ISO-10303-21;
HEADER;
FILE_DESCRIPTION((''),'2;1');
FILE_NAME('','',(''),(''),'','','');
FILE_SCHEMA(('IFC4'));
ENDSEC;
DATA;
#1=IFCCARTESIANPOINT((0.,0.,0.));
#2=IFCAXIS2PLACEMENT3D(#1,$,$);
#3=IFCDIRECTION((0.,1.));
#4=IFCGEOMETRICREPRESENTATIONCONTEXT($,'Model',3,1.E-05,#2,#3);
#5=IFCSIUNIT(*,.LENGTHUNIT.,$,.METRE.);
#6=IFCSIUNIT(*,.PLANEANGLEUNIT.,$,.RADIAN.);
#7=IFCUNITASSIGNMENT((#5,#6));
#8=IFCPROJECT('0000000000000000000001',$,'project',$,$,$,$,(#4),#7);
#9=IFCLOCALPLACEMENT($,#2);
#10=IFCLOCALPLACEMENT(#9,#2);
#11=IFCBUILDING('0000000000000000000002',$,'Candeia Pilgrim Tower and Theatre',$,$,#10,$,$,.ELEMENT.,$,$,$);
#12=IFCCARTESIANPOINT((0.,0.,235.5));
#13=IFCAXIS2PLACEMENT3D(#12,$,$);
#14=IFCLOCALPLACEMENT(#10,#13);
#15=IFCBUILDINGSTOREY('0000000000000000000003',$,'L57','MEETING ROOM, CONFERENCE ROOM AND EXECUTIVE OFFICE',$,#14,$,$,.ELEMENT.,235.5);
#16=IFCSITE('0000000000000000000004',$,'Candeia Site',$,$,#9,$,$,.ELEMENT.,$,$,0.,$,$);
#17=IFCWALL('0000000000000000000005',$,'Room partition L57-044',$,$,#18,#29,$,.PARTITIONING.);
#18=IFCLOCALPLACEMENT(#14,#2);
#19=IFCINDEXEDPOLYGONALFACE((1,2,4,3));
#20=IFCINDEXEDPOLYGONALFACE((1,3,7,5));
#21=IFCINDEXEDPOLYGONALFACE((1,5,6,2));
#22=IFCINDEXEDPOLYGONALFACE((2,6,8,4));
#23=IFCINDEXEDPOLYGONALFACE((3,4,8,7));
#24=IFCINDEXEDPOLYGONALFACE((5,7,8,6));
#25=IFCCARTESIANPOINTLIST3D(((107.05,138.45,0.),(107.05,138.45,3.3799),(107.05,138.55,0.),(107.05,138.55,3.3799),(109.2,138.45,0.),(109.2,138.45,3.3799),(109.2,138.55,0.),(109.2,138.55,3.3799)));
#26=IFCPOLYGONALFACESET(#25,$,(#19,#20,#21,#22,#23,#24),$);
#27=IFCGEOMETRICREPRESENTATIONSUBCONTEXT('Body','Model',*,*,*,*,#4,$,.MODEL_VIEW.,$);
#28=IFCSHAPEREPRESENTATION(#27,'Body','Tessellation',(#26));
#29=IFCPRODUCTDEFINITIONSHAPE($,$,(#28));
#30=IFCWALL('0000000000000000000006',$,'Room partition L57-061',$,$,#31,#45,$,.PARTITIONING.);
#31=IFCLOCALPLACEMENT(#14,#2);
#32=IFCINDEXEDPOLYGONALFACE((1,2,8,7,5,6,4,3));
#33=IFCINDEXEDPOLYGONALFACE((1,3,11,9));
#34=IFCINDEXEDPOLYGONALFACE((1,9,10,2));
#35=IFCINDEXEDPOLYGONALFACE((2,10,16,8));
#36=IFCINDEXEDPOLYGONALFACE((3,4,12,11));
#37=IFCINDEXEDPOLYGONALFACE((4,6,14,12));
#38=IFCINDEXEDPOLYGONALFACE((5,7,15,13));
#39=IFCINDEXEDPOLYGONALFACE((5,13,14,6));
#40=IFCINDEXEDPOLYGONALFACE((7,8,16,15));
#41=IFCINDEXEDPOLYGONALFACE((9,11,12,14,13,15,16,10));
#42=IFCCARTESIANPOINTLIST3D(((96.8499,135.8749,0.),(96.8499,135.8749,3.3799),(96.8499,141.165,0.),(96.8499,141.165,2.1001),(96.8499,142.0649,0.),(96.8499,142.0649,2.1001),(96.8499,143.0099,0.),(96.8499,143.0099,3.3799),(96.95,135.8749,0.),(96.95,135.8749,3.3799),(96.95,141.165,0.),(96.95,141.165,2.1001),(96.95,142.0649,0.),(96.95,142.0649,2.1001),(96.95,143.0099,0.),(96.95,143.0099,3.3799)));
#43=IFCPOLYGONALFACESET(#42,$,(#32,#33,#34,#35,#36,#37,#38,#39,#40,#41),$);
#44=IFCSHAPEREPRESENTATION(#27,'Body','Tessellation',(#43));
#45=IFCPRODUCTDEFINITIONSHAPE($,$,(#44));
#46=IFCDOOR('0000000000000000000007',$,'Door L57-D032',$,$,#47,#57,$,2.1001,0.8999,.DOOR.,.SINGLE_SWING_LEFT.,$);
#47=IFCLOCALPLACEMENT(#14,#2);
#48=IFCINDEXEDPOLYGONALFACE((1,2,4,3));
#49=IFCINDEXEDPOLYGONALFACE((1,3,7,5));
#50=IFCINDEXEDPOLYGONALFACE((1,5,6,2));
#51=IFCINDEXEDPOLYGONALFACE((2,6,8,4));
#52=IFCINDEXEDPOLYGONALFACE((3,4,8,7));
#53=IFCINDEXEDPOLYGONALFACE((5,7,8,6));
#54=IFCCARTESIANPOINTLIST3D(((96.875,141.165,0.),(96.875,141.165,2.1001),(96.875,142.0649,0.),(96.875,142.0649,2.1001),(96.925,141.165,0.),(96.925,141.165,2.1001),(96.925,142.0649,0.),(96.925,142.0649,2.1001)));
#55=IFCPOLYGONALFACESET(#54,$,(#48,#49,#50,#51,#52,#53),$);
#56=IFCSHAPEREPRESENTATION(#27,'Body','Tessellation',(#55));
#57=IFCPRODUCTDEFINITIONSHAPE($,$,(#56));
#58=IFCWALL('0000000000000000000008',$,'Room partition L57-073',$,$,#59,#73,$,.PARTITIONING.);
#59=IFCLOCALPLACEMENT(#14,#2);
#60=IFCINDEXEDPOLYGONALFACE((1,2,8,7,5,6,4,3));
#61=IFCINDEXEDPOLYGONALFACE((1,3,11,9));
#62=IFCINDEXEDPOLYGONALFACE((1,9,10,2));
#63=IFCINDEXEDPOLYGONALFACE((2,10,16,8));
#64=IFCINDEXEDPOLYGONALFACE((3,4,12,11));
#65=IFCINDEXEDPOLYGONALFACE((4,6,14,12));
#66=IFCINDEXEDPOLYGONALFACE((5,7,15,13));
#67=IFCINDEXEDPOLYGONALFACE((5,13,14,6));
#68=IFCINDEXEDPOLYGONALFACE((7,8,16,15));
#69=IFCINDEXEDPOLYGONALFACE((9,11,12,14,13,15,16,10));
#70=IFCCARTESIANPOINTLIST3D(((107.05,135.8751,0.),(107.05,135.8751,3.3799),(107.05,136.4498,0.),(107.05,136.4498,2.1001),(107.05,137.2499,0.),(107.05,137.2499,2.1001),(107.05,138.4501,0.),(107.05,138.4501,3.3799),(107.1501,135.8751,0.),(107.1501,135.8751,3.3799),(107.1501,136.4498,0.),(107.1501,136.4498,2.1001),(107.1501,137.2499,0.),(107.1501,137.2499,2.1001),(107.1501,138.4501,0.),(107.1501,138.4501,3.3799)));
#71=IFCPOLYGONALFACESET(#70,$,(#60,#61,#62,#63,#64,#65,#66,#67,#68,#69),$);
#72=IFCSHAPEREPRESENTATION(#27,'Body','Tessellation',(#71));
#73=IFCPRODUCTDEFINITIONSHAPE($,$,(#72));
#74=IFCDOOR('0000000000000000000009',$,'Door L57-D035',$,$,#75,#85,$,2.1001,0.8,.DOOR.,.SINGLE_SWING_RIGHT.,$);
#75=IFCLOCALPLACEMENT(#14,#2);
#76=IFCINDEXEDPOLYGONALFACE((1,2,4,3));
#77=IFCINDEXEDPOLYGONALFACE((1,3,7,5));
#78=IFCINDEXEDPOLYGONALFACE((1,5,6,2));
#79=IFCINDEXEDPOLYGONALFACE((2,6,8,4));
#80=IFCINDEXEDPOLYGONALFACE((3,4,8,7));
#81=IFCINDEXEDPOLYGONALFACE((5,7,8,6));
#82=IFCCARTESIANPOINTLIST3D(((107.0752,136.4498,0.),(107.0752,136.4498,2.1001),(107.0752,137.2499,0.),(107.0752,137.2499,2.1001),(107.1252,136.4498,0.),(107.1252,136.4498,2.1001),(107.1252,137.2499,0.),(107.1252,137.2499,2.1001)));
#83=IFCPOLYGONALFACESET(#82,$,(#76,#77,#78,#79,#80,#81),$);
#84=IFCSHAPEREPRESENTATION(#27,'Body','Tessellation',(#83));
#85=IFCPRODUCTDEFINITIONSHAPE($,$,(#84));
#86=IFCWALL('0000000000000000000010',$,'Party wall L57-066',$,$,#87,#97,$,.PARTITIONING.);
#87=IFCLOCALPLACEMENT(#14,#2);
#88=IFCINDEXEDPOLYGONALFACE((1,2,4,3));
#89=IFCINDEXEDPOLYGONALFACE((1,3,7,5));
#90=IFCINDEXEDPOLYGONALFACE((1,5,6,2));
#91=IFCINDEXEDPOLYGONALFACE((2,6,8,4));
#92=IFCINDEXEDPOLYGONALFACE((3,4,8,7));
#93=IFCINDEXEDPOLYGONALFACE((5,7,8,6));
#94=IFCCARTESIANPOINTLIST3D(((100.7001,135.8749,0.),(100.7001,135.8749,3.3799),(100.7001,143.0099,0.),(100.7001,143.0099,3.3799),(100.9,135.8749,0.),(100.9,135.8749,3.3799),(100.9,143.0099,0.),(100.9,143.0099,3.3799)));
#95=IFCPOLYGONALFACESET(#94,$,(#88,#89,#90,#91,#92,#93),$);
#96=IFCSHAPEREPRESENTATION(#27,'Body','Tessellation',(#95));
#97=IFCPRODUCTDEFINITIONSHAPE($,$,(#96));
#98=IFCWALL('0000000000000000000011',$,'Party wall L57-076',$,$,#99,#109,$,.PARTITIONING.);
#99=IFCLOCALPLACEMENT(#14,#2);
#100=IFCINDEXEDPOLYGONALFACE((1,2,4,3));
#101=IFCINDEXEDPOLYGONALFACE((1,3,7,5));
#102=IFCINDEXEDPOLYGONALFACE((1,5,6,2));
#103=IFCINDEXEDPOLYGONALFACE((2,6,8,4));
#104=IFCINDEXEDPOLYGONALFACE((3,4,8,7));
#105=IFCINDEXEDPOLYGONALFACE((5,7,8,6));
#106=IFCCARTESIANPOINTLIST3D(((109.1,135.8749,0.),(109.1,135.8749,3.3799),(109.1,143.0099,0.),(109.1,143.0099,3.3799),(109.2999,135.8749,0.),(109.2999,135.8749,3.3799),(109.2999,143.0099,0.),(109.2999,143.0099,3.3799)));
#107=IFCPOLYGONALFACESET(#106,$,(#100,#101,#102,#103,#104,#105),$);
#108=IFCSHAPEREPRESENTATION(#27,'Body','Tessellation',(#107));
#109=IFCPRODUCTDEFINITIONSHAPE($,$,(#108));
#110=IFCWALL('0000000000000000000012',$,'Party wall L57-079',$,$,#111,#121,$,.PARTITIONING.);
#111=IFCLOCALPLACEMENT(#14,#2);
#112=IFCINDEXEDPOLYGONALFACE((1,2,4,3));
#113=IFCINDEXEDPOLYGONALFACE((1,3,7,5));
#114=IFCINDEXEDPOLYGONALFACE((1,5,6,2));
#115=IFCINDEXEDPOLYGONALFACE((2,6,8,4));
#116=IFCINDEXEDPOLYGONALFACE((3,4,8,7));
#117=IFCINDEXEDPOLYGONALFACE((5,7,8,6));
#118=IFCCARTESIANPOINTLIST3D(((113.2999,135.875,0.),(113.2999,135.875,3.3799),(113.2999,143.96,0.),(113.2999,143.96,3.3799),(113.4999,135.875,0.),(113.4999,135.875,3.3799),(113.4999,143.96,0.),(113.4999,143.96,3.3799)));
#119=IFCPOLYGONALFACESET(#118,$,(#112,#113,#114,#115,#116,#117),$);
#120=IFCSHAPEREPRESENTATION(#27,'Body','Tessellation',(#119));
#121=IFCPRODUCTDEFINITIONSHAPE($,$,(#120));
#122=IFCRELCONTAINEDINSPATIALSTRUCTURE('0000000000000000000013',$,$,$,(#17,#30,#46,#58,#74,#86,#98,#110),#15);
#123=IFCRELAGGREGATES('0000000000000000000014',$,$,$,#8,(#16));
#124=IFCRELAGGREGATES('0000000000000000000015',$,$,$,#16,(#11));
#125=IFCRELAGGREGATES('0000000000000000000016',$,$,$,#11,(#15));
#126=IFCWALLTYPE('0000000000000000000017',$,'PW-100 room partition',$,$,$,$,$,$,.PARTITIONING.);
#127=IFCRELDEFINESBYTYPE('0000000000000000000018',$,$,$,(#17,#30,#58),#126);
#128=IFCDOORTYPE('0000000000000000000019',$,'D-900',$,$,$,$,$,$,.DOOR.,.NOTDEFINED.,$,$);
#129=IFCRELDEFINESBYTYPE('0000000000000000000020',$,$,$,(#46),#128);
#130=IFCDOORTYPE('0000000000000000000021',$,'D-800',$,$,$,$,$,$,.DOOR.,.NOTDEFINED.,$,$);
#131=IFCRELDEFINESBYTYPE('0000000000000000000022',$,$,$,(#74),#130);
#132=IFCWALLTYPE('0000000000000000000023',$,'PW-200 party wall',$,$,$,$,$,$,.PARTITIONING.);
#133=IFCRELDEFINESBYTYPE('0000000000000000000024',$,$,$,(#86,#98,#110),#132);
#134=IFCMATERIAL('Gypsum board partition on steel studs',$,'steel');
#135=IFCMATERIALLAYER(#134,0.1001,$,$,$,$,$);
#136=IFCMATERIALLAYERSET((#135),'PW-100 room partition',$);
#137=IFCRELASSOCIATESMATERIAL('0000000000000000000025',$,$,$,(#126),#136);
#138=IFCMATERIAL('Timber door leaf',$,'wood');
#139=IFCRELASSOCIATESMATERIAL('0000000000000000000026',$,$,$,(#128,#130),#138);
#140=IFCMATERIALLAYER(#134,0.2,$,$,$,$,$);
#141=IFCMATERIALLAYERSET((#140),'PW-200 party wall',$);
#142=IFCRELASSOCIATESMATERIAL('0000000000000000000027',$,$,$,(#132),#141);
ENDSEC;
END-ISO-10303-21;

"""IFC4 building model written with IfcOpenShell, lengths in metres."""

from ifc_helpers import new_model, si_unit, direction, frame, frame_2d, origin, place, context, subcontext, project, spatial, rectangle, extrude, material, layer, layer_set, type_object, element, fill, save


model = new_model("IFC4")

# Units and contexts
model_context = context("Model", 3, precision=1e-05, world=origin(), true_north=direction((0.0, 1.0)))
body_context = subcontext(model_context, "Body", "Model", "MODEL_VIEW")
ifc_project = project(units=[si_unit("LENGTHUNIT", "METRE"), si_unit("PLANEANGLEUNIT", "RADIAN")], contexts=[model_context])

# Site, building, storey
site_placement = place(None, origin())
site = spatial("IfcSite", under=ifc_project, at=site_placement, Name="Candeia Site", CompositionType="ELEMENT", RefElevation=0.0)
building_placement = place(site_placement, origin())
building = spatial("IfcBuilding", under=site, at=building_placement, Name="Candeia Pilgrim Tower and Theatre", CompositionType="ELEMENT")
storey_placement = place(building_placement, frame((0.0, 0.0, 235.5)))
storey = spatial("IfcBuildingStorey", under=building, at=storey_placement, Name="L57", Description="MEETING ROOM, CONFERENCE ROOM AND EXECUTIVE OFFICE", CompositionType="ELEMENT", Elevation=235.5)

# Wall
ifc_material_1 = material(Name="Gypsum board partition on steel studs", Category="steel")
ifc_layer_1 = layer(ifc_material_1, 0.1001)
ifc_layer_set_1 = layer_set([ifc_layer_1], Name="PW-100 room partition")
wall_type_1 = type_object("IfcWallType", Name="PW-100 room partition", PredefinedType="PARTITIONING", material=ifc_layer_set_1)
wall_1_placement = place(storey_placement, frame((107.05, 138.5, 0.0), z_axis=(0.0, 0.0, 1.0), x_axis=(1.0, 0.0, 0.0)))
element("IfcWall", 1, at=wall_1_placement, inside=storey, type_object=wall_type_1, Name="Room partition L57-044", PredefinedType="PARTITIONING", context=body_context, shape_type="SweptSolid", body=[
    extrude(rectangle(XDim=2.1499, YDim=0.1001, at=frame_2d((1.075, 0.0))), origin(), (0.0, 0.0, 1.0), 3.3799),
])

# Walls, openings, doors
wall_2_placement = place(storey_placement, frame((96.8999, 135.875, 0.0), z_axis=(0.0, 0.0, 1.0), x_axis=(0.0, 1.0, 0.0)))
wall_2 = element("IfcWall", 2, at=wall_2_placement, inside=storey, type_object=wall_type_1, Name="Room partition L57-061", PredefinedType="PARTITIONING", context=body_context, shape_type="SweptSolid", body=[
    extrude(rectangle(XDim=7.135, YDim=0.1001, at=frame_2d((3.5674, 0.0))), origin(), (0.0, 0.0, 1.0), 3.3799),
])
opening_1_placement = place(wall_2_placement, frame((5.29, 0.0, 0.0)))
opening_1 = element("IfcOpeningElement", 3, at=opening_1_placement, cuts=wall_2, PredefinedType="OPENING", context=body_context, shape_type="SweptSolid", body=[
    extrude(rectangle(XDim=0.8999, YDim=2.1001, at=frame_2d((0.45, 1.05))), frame((0.0, 0.0601, 0.0), z_axis=(0.0, -1.0, 0.0), x_axis=(1.0, 0.0, 0.0)), (0.0, 0.0, 1.0), 0.1201),
])
ifc_material_2 = material(Name="Timber door leaf", Category="wood")
door_type_1 = type_object("IfcDoorType", Name="D-900", OperationType="NOTDEFINED", PredefinedType="DOOR", material=ifc_material_2)
door_1_placement = place(opening_1_placement, origin())
door_1 = element("IfcDoor", 4, at=door_1_placement, inside=storey, type_object=door_type_1, Name="Door L57-D032", OperationType="SINGLE_SWING_LEFT", OverallHeight=2.1001, OverallWidth=0.8999, PredefinedType="DOOR", context=body_context, shape_type="SweptSolid", body=[
    extrude(rectangle(XDim=0.8999, YDim=2.1001, at=frame_2d((0.45, 1.05))), frame((0.0, 0.0249, 0.0), z_axis=(0.0, -1.0, 0.0), x_axis=(1.0, 0.0, 0.0)), (0.0, 0.0, 1.0), 0.05),
])
fill(opening_1, door_1)
wall_3_placement = place(storey_placement, frame((107.1001, 135.875, 0.0), z_axis=(0.0, 0.0, 1.0), x_axis=(0.0, 1.0, 0.0)))
wall_3 = element("IfcWall", 5, at=wall_3_placement, inside=storey, type_object=wall_type_1, Name="Room partition L57-073", PredefinedType="PARTITIONING", context=body_context, shape_type="SweptSolid", body=[
    extrude(rectangle(XDim=2.575, YDim=0.1001, at=frame_2d((1.2876, 0.0))), origin(), (0.0, 0.0, 1.0), 3.3799),
])
opening_2_placement = place(wall_3_placement, frame((0.575, 0.0, 0.0)))
opening_2 = element("IfcOpeningElement", 6, at=opening_2_placement, cuts=wall_3, PredefinedType="OPENING", context=body_context, shape_type="SweptSolid", body=[
    extrude(rectangle(XDim=0.8, YDim=2.1001, at=frame_2d((0.3999, 1.05))), frame((0.0, 0.0601, 0.0), z_axis=(0.0, -1.0, 0.0), x_axis=(1.0, 0.0, 0.0)), (0.0, 0.0, 1.0), 0.1201),
])
door_type_2 = type_object("IfcDoorType", Name="D-800", OperationType="NOTDEFINED", PredefinedType="DOOR", material=ifc_material_2)
door_2_placement = place(opening_2_placement, origin())
door_2 = element("IfcDoor", 7, at=door_2_placement, inside=storey, type_object=door_type_2, Name="Door L57-D035", OperationType="SINGLE_SWING_RIGHT", OverallHeight=2.1001, OverallWidth=0.8, PredefinedType="DOOR", context=body_context, shape_type="SweptSolid", body=[
    extrude(rectangle(XDim=0.8, YDim=2.1001, at=frame_2d((0.3999, 1.05))), frame((0.0, 0.0249, 0.0), z_axis=(0.0, -1.0, 0.0), x_axis=(1.0, 0.0, 0.0)), (0.0, 0.0, 1.0), 0.05),
])
fill(opening_2, door_2)

# Walls
ifc_layer_2 = layer(ifc_material_1, 0.2)
ifc_layer_set_2 = layer_set([ifc_layer_2], Name="PW-200 party wall")
wall_type_2 = type_object("IfcWallType", Name="PW-200 party wall", PredefinedType="PARTITIONING", material=ifc_layer_set_2)
for number, where, z_axis, x_axis, name in (
    (8, (100.8, 135.875, 0.0), (0.0, 0.0, 1.0), (0.0, 1.0, 0.0), "Party wall L57-066"),
    (9, (109.2, 135.875, 0.0), (0.0, 0.0, 1.0), (0.0, 1.0, 0.0), "Party wall L57-076"),
):
    element("IfcWall", number, at=place(storey_placement, frame(where, z_axis=z_axis, x_axis=x_axis)), inside=storey, type_object=wall_type_2, Name=name, PredefinedType="PARTITIONING", context=body_context, shape_type="SweptSolid", body=[
        extrude(rectangle(XDim=7.135, YDim=0.2, at=frame_2d((3.5674, 0.0))), origin(), (0.0, 0.0, 1.0), 3.3799),
    ])
wall_4_placement = place(storey_placement, frame((113.3999, 135.875, 0.0), z_axis=(0.0, 0.0, 1.0), x_axis=(0.0, 1.0, 0.0)))
element("IfcWall", 10, at=wall_4_placement, inside=storey, type_object=wall_type_2, Name="Party wall L57-079", PredefinedType="PARTITIONING", context=body_context, shape_type="SweptSolid", body=[
    extrude(rectangle(XDim=8.085, YDim=0.2, at=frame_2d((4.0425, 0.0))), origin(), (0.0, 0.0, 1.0), 3.3799),
])

save(model, "model.ifc")
